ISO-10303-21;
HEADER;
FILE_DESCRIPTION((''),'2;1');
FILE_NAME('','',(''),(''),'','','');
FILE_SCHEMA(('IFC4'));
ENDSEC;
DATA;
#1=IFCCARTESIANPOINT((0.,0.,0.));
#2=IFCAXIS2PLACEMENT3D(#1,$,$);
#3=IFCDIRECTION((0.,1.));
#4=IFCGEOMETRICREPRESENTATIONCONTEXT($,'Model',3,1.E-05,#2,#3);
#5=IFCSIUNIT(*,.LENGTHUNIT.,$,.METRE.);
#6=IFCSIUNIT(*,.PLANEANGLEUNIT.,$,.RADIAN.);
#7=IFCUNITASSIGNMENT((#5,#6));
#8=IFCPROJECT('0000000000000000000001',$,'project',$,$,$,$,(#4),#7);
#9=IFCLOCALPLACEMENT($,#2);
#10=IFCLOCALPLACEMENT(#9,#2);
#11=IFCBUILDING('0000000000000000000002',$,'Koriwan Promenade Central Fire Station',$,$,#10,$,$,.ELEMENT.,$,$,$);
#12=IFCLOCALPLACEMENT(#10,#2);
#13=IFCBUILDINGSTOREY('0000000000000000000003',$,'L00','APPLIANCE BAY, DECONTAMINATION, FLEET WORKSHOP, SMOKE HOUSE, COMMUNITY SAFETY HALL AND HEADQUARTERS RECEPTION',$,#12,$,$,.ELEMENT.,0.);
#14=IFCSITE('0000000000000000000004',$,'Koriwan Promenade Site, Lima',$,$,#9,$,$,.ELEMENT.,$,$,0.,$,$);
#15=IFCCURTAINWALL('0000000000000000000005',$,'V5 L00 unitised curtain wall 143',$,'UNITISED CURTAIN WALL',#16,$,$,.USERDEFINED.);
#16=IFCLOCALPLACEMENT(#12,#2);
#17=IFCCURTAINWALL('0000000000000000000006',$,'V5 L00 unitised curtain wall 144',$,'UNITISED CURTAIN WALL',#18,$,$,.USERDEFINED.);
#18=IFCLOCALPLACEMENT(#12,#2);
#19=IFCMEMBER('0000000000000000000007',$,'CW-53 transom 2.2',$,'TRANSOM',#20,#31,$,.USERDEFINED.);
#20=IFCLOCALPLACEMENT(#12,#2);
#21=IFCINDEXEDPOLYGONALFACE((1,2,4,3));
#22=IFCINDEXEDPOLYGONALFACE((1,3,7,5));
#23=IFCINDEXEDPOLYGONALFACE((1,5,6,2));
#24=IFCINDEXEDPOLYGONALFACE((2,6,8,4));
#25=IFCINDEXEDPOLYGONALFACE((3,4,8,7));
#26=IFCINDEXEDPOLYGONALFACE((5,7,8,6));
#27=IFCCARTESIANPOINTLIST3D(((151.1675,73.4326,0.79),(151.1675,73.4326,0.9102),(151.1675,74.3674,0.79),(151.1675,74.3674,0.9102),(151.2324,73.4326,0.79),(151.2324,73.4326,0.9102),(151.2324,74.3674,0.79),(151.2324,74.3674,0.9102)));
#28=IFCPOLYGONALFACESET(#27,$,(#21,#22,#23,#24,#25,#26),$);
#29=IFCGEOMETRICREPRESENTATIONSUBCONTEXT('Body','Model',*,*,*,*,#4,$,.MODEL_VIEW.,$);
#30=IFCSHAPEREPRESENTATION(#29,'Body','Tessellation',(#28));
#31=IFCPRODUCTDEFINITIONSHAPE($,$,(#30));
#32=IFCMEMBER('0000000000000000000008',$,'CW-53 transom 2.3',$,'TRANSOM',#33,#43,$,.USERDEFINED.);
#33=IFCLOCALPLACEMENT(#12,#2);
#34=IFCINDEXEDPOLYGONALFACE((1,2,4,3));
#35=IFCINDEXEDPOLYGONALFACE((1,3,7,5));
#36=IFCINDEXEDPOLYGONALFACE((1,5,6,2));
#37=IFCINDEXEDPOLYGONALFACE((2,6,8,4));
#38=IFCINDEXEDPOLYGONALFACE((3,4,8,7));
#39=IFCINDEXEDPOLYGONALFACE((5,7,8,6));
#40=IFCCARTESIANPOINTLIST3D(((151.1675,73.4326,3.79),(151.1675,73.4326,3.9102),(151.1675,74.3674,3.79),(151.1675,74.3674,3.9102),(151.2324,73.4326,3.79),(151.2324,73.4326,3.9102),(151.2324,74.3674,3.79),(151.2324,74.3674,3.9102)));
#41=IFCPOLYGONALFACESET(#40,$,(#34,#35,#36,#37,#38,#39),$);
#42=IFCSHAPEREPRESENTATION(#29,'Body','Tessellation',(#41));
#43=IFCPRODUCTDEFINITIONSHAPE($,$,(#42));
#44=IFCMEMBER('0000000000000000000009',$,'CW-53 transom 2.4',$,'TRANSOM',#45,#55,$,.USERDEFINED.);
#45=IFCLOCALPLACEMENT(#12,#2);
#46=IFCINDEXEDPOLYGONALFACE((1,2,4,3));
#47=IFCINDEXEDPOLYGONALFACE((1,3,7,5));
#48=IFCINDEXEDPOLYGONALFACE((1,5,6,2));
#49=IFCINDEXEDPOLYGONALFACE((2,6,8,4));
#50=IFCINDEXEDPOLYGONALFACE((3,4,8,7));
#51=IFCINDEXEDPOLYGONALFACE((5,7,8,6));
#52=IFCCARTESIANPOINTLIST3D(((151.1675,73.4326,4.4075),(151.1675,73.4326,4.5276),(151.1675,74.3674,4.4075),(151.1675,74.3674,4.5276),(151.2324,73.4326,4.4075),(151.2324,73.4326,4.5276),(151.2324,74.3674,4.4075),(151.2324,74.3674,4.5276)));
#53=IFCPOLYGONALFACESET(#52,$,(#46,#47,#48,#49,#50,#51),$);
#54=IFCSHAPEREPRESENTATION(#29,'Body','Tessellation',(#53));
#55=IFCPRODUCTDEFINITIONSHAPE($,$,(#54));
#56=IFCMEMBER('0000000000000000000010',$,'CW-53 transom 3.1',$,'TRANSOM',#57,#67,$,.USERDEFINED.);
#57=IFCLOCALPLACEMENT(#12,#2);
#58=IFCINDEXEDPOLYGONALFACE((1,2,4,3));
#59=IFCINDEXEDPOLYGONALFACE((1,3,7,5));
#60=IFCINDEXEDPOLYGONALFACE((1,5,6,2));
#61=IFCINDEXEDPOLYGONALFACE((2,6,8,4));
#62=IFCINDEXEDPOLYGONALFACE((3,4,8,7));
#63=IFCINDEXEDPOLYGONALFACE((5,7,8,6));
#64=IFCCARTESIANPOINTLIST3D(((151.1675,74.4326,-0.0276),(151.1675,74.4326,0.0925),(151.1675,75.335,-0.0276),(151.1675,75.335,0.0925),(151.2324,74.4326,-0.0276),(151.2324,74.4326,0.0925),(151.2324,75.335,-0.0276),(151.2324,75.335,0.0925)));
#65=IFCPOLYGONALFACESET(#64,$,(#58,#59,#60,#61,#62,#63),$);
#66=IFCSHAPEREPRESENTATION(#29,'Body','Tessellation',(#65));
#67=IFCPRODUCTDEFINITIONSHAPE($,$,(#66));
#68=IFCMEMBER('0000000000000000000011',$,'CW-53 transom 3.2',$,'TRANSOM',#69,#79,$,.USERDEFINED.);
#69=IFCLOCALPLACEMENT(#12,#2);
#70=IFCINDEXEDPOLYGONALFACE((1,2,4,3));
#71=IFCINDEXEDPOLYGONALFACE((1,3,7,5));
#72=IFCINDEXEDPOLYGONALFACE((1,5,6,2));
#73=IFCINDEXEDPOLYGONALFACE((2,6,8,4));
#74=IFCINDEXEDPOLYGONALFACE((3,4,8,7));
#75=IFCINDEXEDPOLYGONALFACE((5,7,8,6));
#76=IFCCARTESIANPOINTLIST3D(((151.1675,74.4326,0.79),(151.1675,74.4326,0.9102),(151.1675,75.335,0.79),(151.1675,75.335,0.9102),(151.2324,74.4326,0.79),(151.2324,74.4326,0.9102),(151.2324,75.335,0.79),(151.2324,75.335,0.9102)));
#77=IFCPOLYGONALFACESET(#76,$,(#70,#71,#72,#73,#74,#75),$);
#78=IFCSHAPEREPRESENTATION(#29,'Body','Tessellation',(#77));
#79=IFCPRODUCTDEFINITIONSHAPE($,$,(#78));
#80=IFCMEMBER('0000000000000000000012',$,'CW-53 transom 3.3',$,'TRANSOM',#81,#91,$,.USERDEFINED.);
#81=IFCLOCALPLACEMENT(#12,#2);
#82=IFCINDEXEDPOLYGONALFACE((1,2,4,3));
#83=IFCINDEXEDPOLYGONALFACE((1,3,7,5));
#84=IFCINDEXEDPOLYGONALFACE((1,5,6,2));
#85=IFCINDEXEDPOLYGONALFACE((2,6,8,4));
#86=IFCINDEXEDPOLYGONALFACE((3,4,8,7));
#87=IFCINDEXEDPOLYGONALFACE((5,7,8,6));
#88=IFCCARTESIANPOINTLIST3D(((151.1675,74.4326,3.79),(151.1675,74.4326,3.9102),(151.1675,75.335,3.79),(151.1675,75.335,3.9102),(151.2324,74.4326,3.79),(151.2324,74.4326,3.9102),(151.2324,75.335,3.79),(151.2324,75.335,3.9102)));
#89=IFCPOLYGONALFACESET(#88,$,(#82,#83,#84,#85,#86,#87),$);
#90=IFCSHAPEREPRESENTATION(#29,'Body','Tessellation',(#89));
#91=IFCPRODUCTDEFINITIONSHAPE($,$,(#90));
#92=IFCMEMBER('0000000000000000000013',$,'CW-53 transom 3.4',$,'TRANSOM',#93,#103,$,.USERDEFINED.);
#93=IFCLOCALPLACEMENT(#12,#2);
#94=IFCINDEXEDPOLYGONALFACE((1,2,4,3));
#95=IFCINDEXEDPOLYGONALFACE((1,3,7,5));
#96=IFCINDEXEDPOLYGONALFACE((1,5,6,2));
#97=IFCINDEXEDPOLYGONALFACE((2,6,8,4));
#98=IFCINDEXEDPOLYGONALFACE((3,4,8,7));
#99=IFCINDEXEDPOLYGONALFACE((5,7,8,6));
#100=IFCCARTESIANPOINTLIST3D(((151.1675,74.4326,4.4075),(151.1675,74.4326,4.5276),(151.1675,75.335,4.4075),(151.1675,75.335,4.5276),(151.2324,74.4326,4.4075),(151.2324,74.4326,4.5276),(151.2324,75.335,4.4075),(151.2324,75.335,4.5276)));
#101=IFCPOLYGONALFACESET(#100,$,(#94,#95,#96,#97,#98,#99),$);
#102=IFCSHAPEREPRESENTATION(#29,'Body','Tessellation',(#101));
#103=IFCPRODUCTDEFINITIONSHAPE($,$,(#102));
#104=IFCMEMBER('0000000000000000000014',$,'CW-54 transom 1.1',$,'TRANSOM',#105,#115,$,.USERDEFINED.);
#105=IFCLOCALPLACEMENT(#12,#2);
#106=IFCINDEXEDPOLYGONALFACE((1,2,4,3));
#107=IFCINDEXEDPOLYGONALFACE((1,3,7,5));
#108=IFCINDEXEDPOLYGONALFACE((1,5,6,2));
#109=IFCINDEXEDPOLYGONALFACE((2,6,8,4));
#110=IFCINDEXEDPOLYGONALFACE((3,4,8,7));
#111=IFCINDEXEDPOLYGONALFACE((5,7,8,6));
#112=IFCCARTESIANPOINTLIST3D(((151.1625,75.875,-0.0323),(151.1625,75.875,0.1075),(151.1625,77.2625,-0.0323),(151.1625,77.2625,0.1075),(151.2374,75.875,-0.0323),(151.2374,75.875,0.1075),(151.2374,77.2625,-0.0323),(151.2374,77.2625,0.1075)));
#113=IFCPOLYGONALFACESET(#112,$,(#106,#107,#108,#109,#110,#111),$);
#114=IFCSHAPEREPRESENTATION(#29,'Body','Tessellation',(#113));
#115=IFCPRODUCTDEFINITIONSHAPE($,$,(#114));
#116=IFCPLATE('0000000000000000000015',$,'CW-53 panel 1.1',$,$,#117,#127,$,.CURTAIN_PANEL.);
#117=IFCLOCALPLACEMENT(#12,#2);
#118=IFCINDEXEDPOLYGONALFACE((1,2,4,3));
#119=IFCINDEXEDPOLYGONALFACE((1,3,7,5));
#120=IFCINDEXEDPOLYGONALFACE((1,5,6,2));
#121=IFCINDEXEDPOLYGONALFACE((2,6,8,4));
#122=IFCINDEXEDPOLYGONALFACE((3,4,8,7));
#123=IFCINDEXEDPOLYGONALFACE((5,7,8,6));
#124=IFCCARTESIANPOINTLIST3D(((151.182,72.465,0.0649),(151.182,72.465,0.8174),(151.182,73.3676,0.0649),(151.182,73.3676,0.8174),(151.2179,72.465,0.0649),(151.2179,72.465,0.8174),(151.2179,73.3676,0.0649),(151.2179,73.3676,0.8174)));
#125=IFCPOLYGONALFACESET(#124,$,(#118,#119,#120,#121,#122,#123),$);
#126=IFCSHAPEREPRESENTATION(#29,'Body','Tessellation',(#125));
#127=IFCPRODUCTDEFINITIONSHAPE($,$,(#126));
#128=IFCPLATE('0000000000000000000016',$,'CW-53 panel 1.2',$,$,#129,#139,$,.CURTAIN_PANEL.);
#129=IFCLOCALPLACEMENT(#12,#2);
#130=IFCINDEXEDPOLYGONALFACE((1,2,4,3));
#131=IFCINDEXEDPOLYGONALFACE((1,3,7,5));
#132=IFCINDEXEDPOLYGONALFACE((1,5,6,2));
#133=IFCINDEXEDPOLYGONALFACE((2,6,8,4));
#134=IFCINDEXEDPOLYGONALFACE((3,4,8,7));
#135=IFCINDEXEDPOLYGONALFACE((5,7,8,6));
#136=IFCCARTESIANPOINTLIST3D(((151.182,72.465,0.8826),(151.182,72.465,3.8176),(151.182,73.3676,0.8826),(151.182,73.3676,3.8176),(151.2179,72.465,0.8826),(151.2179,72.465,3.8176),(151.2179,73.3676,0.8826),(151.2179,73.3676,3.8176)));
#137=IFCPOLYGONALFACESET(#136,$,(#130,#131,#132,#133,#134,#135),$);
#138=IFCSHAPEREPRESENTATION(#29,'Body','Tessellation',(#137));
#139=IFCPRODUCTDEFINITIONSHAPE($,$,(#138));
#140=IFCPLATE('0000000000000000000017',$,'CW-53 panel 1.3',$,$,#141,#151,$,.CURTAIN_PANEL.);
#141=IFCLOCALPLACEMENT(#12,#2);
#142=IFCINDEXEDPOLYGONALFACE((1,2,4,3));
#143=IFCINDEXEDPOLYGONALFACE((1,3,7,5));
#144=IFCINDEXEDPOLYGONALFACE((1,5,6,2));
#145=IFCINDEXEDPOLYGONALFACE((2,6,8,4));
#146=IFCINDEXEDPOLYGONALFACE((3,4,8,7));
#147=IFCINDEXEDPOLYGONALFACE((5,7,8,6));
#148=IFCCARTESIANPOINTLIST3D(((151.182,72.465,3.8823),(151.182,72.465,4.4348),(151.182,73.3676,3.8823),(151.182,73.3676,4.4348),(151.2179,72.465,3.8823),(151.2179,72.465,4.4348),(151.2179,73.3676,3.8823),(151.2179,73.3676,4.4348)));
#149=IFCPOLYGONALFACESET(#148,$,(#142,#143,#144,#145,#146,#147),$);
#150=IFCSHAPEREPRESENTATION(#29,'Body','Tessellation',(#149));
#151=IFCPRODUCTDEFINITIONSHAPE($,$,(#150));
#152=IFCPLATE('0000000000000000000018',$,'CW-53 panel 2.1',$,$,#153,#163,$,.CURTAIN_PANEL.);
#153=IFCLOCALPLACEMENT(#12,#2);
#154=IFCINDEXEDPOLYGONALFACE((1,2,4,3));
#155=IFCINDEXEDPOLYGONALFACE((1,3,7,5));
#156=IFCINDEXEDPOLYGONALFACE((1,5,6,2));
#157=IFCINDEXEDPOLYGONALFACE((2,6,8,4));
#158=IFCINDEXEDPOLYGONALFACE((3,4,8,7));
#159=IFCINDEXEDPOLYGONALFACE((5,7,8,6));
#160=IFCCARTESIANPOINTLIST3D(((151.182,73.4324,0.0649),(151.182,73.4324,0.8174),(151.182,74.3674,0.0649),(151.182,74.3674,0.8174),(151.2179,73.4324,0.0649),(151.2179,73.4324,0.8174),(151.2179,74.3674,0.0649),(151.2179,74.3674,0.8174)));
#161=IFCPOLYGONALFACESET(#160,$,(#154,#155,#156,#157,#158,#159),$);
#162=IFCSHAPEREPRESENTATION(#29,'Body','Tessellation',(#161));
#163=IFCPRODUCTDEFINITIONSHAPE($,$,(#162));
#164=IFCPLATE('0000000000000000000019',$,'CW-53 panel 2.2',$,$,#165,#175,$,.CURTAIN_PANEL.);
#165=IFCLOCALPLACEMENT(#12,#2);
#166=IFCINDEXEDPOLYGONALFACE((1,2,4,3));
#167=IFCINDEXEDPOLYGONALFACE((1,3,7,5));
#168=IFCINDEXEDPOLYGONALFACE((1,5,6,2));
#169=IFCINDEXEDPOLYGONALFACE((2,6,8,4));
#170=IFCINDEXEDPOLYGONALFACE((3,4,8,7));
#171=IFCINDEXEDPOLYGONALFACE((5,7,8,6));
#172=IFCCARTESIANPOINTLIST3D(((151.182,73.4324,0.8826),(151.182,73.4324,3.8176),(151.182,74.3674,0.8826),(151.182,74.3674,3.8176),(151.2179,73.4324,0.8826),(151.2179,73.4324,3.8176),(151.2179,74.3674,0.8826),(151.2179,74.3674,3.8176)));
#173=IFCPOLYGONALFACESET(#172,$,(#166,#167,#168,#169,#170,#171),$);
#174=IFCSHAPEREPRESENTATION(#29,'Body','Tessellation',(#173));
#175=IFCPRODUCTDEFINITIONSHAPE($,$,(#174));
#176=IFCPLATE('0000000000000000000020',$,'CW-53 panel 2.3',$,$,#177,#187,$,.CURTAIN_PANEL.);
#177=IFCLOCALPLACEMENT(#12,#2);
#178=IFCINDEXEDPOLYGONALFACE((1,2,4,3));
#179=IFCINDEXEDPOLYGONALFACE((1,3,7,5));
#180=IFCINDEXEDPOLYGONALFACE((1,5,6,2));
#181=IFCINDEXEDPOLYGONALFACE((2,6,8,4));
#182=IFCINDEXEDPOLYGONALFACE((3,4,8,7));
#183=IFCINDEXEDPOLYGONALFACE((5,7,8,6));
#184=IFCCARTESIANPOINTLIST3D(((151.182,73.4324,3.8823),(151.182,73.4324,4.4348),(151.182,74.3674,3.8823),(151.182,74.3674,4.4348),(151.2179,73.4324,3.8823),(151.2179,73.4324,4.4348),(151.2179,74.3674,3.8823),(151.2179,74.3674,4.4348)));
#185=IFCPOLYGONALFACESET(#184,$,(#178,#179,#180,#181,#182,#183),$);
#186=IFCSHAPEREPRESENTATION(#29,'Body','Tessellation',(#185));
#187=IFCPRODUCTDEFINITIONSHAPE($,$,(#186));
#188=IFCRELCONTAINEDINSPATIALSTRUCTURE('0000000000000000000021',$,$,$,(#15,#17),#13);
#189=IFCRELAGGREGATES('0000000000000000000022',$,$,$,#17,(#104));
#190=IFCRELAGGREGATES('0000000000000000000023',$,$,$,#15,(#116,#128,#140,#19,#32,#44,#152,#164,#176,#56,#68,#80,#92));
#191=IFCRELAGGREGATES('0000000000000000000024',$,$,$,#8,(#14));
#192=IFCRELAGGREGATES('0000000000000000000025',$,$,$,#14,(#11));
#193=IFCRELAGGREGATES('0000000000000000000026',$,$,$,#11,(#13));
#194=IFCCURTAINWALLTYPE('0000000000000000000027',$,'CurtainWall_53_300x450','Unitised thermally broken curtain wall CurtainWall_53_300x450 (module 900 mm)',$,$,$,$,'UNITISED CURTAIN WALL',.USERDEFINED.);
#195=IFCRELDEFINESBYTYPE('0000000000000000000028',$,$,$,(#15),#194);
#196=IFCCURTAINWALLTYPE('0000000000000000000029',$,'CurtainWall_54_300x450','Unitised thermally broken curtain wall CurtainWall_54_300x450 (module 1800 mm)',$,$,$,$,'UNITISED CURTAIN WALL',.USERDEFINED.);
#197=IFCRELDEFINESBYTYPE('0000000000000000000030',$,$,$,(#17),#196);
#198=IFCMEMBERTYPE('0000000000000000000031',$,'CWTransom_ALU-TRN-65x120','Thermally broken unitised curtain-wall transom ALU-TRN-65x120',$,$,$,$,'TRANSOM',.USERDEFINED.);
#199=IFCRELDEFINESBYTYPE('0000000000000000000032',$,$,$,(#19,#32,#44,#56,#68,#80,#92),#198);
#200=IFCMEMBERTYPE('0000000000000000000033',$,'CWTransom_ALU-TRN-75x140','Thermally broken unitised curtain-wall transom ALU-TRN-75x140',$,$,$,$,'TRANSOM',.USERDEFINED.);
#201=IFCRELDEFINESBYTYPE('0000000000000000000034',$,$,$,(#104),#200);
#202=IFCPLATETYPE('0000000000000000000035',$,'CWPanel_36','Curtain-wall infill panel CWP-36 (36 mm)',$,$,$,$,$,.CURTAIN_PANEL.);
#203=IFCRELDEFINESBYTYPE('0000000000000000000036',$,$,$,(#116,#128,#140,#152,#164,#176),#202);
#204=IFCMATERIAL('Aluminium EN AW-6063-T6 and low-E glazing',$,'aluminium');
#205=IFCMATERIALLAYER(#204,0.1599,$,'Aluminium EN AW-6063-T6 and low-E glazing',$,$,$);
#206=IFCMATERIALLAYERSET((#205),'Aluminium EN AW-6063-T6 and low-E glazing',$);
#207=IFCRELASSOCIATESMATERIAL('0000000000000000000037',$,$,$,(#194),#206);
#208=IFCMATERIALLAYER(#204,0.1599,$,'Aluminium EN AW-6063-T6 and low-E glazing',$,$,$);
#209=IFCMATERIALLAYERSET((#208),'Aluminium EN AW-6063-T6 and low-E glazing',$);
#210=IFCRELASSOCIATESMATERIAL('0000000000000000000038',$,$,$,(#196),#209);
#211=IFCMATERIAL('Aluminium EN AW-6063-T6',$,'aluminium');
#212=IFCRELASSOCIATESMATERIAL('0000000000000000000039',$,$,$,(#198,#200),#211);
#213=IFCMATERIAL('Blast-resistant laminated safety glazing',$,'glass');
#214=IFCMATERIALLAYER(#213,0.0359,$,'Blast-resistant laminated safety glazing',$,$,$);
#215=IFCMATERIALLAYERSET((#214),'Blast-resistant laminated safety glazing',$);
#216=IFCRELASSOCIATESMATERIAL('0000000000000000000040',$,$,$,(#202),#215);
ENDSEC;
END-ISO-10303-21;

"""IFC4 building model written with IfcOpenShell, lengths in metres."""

from ifc_helpers import new_model, si_unit, direction, frame, origin, origin_2d, place, context, subcontext, project, spatial, rectangle, extrude, material, layer, layer_set, material_profile, profile_set, type_object, element, aggregate, save


model = new_model("IFC4")

# Units and contexts
model_context = context("Model", 3, precision=1e-05, world=origin(), true_north=direction((0.0, 1.0)))
body_context = subcontext(model_context, "Body", "Model", "MODEL_VIEW")
ifc_project = project(units=[si_unit("LENGTHUNIT", "METRE"), si_unit("PLANEANGLEUNIT", "RADIAN")], contexts=[model_context])

# Site, building, storey
site_placement = place(None, origin())
site = spatial("IfcSite", under=ifc_project, at=site_placement, Name="Koriwan Promenade Site, Lima", CompositionType="ELEMENT", RefElevation=0.0)
building_placement = place(site_placement, origin())
building = spatial("IfcBuilding", under=site, at=building_placement, Name="Koriwan Promenade Central Fire Station", CompositionType="ELEMENT")
storey_placement = place(building_placement, origin())
storey = spatial("IfcBuildingStorey", under=building, at=storey_placement, Name="L00", Description="APPLIANCE BAY, DECONTAMINATION, FLEET WORKSHOP, SMOKE HOUSE, COMMUNITY SAFETY HALL AND HEADQUARTERS RECEPTION", CompositionType="ELEMENT", Elevation=0.0)

# Curtain wall
ifc_material_1 = material(Name="Aluminium EN AW-6063-T6 and low-E glazing", Category="aluminium")
ifc_layer_1 = layer(ifc_material_1, 0.1599, Name="Aluminium EN AW-6063-T6 and low-E glazing")
ifc_layer_set_1 = layer_set([ifc_layer_1], Name="Aluminium EN AW-6063-T6 and low-E glazing")
curtain_wall_type_1 = type_object("IfcCurtainWallType", Name="CurtainWall_53_300x450", Description="Unitised thermally broken curtain wall CurtainWall_53_300x450 (module 900 mm)", ElementType="UNITISED CURTAIN WALL", PredefinedType="USERDEFINED", material=ifc_layer_set_1)
curtain_wall_1_placement = place(storey_placement, origin())
curtain_wall_1 = element("IfcCurtainWall", 1, at=curtain_wall_1_placement, inside=storey, type_object=curtain_wall_type_1, Name="V5 L00 unitised curtain wall 143", ObjectType="UNITISED CURTAIN WALL", PredefinedType="USERDEFINED")
ifc_material_2 = material(Name="Aluminium EN AW-6063-T6", Category="aluminium")

# Curtain wall
ifc_layer_2 = layer(ifc_material_1, 0.1599, Name="Aluminium EN AW-6063-T6 and low-E glazing")
ifc_layer_set_2 = layer_set([ifc_layer_2], Name="Aluminium EN AW-6063-T6 and low-E glazing")
curtain_wall_type_2 = type_object("IfcCurtainWallType", Name="CurtainWall_54_300x450", Description="Unitised thermally broken curtain wall CurtainWall_54_300x450 (module 1800 mm)", ElementType="UNITISED CURTAIN WALL", PredefinedType="USERDEFINED", material=ifc_layer_set_2)
curtain_wall_2_placement = place(storey_placement, origin())
curtain_wall_2 = element("IfcCurtainWall", 2, at=curtain_wall_2_placement, inside=storey, type_object=curtain_wall_type_2, Name="V5 L00 unitised curtain wall 144", ObjectType="UNITISED CURTAIN WALL", PredefinedType="USERDEFINED")

# Members
ifc_material_profile_1 = material_profile(ifc_material_2, rectangle(XDim=0.0649, YDim=0.1201, at=origin_2d()), Name="ALU-TRN-65x120")
ifc_profile_set_1 = profile_set([ifc_material_profile_1], Name="Aluminium EN AW-6063-T6")
member_type_1 = type_object("IfcMemberType", Name="CWTransom_ALU-TRN-65x120", Description="Thermally broken unitised curtain-wall transom ALU-TRN-65x120", ElementType="TRANSOM", PredefinedType="USERDEFINED", material=ifc_profile_set_1)
member_1_placement = place(storey_placement, frame((151.2, 73.4326, 0.8501), z_axis=(0.0, 1.0, 0.0), x_axis=(-1.0, 0.0, 0.0)))
member_1 = element("IfcMember", 3, at=member_1_placement, type_object=member_type_1, Name="CW-53 transom 2.2", ObjectType="TRANSOM", PredefinedType="USERDEFINED", context=body_context, shape_type="SweptSolid", body=[
    extrude(rectangle(XDim=0.0649, YDim=0.1201, at=origin_2d()), origin(), (0.0, 0.0, 1.0), 0.9348),
])
member_2_placement = place(storey_placement, frame((151.2, 73.4326, 3.8501), z_axis=(0.0, 1.0, 0.0), x_axis=(-1.0, 0.0, 0.0)))
member_2 = element("IfcMember", 4, at=member_2_placement, type_object=member_type_1, Name="CW-53 transom 2.3", ObjectType="TRANSOM", PredefinedType="USERDEFINED", context=body_context, shape_type="SweptSolid", body=[
    extrude(rectangle(XDim=0.0649, YDim=0.1201, at=origin_2d()), origin(), (0.0, 0.0, 1.0), 0.9348),
])
member_3_placement = place(storey_placement, frame((151.2, 73.4326, 4.4675), z_axis=(0.0, 1.0, 0.0), x_axis=(-1.0, 0.0, 0.0)))
member_3 = element("IfcMember", 5, at=member_3_placement, type_object=member_type_1, Name="CW-53 transom 2.4", ObjectType="TRANSOM", PredefinedType="USERDEFINED", context=body_context, shape_type="SweptSolid", body=[
    extrude(rectangle(XDim=0.0649, YDim=0.1201, at=origin_2d()), origin(), (0.0, 0.0, 1.0), 0.9348),
])
member_4_placement = place(storey_placement, frame((151.2, 74.4326, 0.0325), z_axis=(0.0, 1.0, 0.0), x_axis=(-1.0, 0.0, 0.0)))
member_4 = element("IfcMember", 6, at=member_4_placement, type_object=member_type_1, Name="CW-53 transom 3.1", ObjectType="TRANSOM", PredefinedType="USERDEFINED", context=body_context, shape_type="SweptSolid", body=[
    extrude(rectangle(XDim=0.0649, YDim=0.1201, at=origin_2d()), origin(), (0.0, 0.0, 1.0), 0.9023),
])
member_5_placement = place(storey_placement, frame((151.2, 74.4326, 0.8501), z_axis=(0.0, 1.0, 0.0), x_axis=(-1.0, 0.0, 0.0)))
member_5 = element("IfcMember", 7, at=member_5_placement, type_object=member_type_1, Name="CW-53 transom 3.2", ObjectType="TRANSOM", PredefinedType="USERDEFINED", context=body_context, shape_type="SweptSolid", body=[
    extrude(rectangle(XDim=0.0649, YDim=0.1201, at=origin_2d()), origin(), (0.0, 0.0, 1.0), 0.9023),
])
member_6_placement = place(storey_placement, frame((151.2, 74.4326, 3.8501), z_axis=(0.0, 1.0, 0.0), x_axis=(-1.0, 0.0, 0.0)))
member_6 = element("IfcMember", 8, at=member_6_placement, type_object=member_type_1, Name="CW-53 transom 3.3", ObjectType="TRANSOM", PredefinedType="USERDEFINED", context=body_context, shape_type="SweptSolid", body=[
    extrude(rectangle(XDim=0.0649, YDim=0.1201, at=origin_2d()), origin(), (0.0, 0.0, 1.0), 0.9023),
])
member_7_placement = place(storey_placement, frame((151.2, 74.4326, 4.4675), z_axis=(0.0, 1.0, 0.0), x_axis=(-1.0, 0.0, 0.0)))
member_7 = element("IfcMember", 9, at=member_7_placement, type_object=member_type_1, Name="CW-53 transom 3.4", ObjectType="TRANSOM", PredefinedType="USERDEFINED", context=body_context, shape_type="SweptSolid", body=[
    extrude(rectangle(XDim=0.0649, YDim=0.1201, at=origin_2d()), origin(), (0.0, 0.0, 1.0), 0.9023),
])
ifc_material_profile_2 = material_profile(ifc_material_2, rectangle(XDim=0.075, YDim=0.1399, at=origin_2d()), Name="ALU-TRN-75x140")
ifc_profile_set_2 = profile_set([ifc_material_profile_2], Name="Aluminium EN AW-6063-T6")
member_type_2 = type_object("IfcMemberType", Name="CWTransom_ALU-TRN-75x140", Description="Thermally broken unitised curtain-wall transom ALU-TRN-75x140", ElementType="TRANSOM", PredefinedType="USERDEFINED", material=ifc_profile_set_2)
member_8_placement = place(storey_placement, frame((151.2, 75.875, 0.0376), z_axis=(0.0, 1.0, 0.0), x_axis=(-1.0, 0.0, 0.0)))
member_8 = element("IfcMember", 10, at=member_8_placement, type_object=member_type_2, Name="CW-54 transom 1.1", ObjectType="TRANSOM", PredefinedType="USERDEFINED", context=body_context, shape_type="SweptSolid", body=[
    extrude(rectangle(XDim=0.075, YDim=0.1399, at=origin_2d()), origin(), (0.0, 0.0, 1.0), 1.3875),
])
aggregate(curtain_wall_2, [member_8])

# Plates
ifc_material_3 = material(Name="Blast-resistant laminated safety glazing", Category="glass")
ifc_layer_3 = layer(ifc_material_3, 0.0359, Name="Blast-resistant laminated safety glazing")
ifc_layer_set_3 = layer_set([ifc_layer_3], Name="Blast-resistant laminated safety glazing")
plate_type = type_object("IfcPlateType", Name="CWPanel_36", Description="Curtain-wall infill panel CWP-36 (36 mm)", PredefinedType="CURTAIN_PANEL", material=ifc_layer_set_3)
plate_1_placement = place(storey_placement, frame((151.2, 72.9163, 0.0649), z_axis=(0.0, 0.0, 1.0), x_axis=(0.0, 1.0, 0.0)))
plate_1 = element("IfcPlate", 11, at=plate_1_placement, type_object=plate_type, Name="CW-53 panel 1.1", PredefinedType="CURTAIN_PANEL", context=body_context, shape_type="SweptSolid", body=[
    extrude(rectangle(XDim=0.9026, YDim=0.0359, at=origin_2d()), origin(), (0.0, 0.0, 1.0), 0.7524),
])
plate_2_placement = place(storey_placement, frame((151.2, 72.9163, 0.8826), z_axis=(0.0, 0.0, 1.0), x_axis=(0.0, 1.0, 0.0)))
plate_2 = element("IfcPlate", 12, at=plate_2_placement, type_object=plate_type, Name="CW-53 panel 1.2", PredefinedType="CURTAIN_PANEL", context=body_context, shape_type="SweptSolid", body=[
    extrude(rectangle(XDim=0.9026, YDim=0.0359, at=origin_2d()), origin(), (0.0, 0.0, 1.0), 2.9351),
])
plate_3_placement = place(storey_placement, frame((151.2, 72.9163, 3.8823), z_axis=(0.0, 0.0, 1.0), x_axis=(0.0, 1.0, 0.0)))
plate_3 = element("IfcPlate", 13, at=plate_3_placement, type_object=plate_type, Name="CW-53 panel 1.3", PredefinedType="CURTAIN_PANEL", context=body_context, shape_type="SweptSolid", body=[
    extrude(rectangle(XDim=0.9026, YDim=0.0359, at=origin_2d()), origin(), (0.0, 0.0, 1.0), 0.5525),
])
plate_4_placement = place(storey_placement, frame((151.2, 73.8999, 0.0649), z_axis=(0.0, 0.0, 1.0), x_axis=(0.0, 1.0, 0.0)))
plate_4 = element("IfcPlate", 14, at=plate_4_placement, type_object=plate_type, Name="CW-53 panel 2.1", PredefinedType="CURTAIN_PANEL", context=body_context, shape_type="SweptSolid", body=[
    extrude(rectangle(XDim=0.9351, YDim=0.0359, at=origin_2d()), origin(), (0.0, 0.0, 1.0), 0.7524),
])
plate_5_placement = place(storey_placement, frame((151.2, 73.8999, 0.8826), z_axis=(0.0, 0.0, 1.0), x_axis=(0.0, 1.0, 0.0)))
plate_5 = element("IfcPlate", 15, at=plate_5_placement, type_object=plate_type, Name="CW-53 panel 2.2", PredefinedType="CURTAIN_PANEL", context=body_context, shape_type="SweptSolid", body=[
    extrude(rectangle(XDim=0.9351, YDim=0.0359, at=origin_2d()), origin(), (0.0, 0.0, 1.0), 2.9351),
])
plate_6_placement = place(storey_placement, frame((151.2, 73.8999, 3.8823), z_axis=(0.0, 0.0, 1.0), x_axis=(0.0, 1.0, 0.0)))
plate_6 = element("IfcPlate", 16, at=plate_6_placement, type_object=plate_type, Name="CW-53 panel 2.3", PredefinedType="CURTAIN_PANEL", context=body_context, shape_type="SweptSolid", body=[
    extrude(rectangle(XDim=0.9351, YDim=0.0359, at=origin_2d()), origin(), (0.0, 0.0, 1.0), 0.5525),
])
aggregate(curtain_wall_1, [plate_1, plate_2, plate_3, member_1, member_2, member_3, plate_4, plate_5, plate_6, member_4, member_5, member_6, member_7])

save(model, "model.ifc")
